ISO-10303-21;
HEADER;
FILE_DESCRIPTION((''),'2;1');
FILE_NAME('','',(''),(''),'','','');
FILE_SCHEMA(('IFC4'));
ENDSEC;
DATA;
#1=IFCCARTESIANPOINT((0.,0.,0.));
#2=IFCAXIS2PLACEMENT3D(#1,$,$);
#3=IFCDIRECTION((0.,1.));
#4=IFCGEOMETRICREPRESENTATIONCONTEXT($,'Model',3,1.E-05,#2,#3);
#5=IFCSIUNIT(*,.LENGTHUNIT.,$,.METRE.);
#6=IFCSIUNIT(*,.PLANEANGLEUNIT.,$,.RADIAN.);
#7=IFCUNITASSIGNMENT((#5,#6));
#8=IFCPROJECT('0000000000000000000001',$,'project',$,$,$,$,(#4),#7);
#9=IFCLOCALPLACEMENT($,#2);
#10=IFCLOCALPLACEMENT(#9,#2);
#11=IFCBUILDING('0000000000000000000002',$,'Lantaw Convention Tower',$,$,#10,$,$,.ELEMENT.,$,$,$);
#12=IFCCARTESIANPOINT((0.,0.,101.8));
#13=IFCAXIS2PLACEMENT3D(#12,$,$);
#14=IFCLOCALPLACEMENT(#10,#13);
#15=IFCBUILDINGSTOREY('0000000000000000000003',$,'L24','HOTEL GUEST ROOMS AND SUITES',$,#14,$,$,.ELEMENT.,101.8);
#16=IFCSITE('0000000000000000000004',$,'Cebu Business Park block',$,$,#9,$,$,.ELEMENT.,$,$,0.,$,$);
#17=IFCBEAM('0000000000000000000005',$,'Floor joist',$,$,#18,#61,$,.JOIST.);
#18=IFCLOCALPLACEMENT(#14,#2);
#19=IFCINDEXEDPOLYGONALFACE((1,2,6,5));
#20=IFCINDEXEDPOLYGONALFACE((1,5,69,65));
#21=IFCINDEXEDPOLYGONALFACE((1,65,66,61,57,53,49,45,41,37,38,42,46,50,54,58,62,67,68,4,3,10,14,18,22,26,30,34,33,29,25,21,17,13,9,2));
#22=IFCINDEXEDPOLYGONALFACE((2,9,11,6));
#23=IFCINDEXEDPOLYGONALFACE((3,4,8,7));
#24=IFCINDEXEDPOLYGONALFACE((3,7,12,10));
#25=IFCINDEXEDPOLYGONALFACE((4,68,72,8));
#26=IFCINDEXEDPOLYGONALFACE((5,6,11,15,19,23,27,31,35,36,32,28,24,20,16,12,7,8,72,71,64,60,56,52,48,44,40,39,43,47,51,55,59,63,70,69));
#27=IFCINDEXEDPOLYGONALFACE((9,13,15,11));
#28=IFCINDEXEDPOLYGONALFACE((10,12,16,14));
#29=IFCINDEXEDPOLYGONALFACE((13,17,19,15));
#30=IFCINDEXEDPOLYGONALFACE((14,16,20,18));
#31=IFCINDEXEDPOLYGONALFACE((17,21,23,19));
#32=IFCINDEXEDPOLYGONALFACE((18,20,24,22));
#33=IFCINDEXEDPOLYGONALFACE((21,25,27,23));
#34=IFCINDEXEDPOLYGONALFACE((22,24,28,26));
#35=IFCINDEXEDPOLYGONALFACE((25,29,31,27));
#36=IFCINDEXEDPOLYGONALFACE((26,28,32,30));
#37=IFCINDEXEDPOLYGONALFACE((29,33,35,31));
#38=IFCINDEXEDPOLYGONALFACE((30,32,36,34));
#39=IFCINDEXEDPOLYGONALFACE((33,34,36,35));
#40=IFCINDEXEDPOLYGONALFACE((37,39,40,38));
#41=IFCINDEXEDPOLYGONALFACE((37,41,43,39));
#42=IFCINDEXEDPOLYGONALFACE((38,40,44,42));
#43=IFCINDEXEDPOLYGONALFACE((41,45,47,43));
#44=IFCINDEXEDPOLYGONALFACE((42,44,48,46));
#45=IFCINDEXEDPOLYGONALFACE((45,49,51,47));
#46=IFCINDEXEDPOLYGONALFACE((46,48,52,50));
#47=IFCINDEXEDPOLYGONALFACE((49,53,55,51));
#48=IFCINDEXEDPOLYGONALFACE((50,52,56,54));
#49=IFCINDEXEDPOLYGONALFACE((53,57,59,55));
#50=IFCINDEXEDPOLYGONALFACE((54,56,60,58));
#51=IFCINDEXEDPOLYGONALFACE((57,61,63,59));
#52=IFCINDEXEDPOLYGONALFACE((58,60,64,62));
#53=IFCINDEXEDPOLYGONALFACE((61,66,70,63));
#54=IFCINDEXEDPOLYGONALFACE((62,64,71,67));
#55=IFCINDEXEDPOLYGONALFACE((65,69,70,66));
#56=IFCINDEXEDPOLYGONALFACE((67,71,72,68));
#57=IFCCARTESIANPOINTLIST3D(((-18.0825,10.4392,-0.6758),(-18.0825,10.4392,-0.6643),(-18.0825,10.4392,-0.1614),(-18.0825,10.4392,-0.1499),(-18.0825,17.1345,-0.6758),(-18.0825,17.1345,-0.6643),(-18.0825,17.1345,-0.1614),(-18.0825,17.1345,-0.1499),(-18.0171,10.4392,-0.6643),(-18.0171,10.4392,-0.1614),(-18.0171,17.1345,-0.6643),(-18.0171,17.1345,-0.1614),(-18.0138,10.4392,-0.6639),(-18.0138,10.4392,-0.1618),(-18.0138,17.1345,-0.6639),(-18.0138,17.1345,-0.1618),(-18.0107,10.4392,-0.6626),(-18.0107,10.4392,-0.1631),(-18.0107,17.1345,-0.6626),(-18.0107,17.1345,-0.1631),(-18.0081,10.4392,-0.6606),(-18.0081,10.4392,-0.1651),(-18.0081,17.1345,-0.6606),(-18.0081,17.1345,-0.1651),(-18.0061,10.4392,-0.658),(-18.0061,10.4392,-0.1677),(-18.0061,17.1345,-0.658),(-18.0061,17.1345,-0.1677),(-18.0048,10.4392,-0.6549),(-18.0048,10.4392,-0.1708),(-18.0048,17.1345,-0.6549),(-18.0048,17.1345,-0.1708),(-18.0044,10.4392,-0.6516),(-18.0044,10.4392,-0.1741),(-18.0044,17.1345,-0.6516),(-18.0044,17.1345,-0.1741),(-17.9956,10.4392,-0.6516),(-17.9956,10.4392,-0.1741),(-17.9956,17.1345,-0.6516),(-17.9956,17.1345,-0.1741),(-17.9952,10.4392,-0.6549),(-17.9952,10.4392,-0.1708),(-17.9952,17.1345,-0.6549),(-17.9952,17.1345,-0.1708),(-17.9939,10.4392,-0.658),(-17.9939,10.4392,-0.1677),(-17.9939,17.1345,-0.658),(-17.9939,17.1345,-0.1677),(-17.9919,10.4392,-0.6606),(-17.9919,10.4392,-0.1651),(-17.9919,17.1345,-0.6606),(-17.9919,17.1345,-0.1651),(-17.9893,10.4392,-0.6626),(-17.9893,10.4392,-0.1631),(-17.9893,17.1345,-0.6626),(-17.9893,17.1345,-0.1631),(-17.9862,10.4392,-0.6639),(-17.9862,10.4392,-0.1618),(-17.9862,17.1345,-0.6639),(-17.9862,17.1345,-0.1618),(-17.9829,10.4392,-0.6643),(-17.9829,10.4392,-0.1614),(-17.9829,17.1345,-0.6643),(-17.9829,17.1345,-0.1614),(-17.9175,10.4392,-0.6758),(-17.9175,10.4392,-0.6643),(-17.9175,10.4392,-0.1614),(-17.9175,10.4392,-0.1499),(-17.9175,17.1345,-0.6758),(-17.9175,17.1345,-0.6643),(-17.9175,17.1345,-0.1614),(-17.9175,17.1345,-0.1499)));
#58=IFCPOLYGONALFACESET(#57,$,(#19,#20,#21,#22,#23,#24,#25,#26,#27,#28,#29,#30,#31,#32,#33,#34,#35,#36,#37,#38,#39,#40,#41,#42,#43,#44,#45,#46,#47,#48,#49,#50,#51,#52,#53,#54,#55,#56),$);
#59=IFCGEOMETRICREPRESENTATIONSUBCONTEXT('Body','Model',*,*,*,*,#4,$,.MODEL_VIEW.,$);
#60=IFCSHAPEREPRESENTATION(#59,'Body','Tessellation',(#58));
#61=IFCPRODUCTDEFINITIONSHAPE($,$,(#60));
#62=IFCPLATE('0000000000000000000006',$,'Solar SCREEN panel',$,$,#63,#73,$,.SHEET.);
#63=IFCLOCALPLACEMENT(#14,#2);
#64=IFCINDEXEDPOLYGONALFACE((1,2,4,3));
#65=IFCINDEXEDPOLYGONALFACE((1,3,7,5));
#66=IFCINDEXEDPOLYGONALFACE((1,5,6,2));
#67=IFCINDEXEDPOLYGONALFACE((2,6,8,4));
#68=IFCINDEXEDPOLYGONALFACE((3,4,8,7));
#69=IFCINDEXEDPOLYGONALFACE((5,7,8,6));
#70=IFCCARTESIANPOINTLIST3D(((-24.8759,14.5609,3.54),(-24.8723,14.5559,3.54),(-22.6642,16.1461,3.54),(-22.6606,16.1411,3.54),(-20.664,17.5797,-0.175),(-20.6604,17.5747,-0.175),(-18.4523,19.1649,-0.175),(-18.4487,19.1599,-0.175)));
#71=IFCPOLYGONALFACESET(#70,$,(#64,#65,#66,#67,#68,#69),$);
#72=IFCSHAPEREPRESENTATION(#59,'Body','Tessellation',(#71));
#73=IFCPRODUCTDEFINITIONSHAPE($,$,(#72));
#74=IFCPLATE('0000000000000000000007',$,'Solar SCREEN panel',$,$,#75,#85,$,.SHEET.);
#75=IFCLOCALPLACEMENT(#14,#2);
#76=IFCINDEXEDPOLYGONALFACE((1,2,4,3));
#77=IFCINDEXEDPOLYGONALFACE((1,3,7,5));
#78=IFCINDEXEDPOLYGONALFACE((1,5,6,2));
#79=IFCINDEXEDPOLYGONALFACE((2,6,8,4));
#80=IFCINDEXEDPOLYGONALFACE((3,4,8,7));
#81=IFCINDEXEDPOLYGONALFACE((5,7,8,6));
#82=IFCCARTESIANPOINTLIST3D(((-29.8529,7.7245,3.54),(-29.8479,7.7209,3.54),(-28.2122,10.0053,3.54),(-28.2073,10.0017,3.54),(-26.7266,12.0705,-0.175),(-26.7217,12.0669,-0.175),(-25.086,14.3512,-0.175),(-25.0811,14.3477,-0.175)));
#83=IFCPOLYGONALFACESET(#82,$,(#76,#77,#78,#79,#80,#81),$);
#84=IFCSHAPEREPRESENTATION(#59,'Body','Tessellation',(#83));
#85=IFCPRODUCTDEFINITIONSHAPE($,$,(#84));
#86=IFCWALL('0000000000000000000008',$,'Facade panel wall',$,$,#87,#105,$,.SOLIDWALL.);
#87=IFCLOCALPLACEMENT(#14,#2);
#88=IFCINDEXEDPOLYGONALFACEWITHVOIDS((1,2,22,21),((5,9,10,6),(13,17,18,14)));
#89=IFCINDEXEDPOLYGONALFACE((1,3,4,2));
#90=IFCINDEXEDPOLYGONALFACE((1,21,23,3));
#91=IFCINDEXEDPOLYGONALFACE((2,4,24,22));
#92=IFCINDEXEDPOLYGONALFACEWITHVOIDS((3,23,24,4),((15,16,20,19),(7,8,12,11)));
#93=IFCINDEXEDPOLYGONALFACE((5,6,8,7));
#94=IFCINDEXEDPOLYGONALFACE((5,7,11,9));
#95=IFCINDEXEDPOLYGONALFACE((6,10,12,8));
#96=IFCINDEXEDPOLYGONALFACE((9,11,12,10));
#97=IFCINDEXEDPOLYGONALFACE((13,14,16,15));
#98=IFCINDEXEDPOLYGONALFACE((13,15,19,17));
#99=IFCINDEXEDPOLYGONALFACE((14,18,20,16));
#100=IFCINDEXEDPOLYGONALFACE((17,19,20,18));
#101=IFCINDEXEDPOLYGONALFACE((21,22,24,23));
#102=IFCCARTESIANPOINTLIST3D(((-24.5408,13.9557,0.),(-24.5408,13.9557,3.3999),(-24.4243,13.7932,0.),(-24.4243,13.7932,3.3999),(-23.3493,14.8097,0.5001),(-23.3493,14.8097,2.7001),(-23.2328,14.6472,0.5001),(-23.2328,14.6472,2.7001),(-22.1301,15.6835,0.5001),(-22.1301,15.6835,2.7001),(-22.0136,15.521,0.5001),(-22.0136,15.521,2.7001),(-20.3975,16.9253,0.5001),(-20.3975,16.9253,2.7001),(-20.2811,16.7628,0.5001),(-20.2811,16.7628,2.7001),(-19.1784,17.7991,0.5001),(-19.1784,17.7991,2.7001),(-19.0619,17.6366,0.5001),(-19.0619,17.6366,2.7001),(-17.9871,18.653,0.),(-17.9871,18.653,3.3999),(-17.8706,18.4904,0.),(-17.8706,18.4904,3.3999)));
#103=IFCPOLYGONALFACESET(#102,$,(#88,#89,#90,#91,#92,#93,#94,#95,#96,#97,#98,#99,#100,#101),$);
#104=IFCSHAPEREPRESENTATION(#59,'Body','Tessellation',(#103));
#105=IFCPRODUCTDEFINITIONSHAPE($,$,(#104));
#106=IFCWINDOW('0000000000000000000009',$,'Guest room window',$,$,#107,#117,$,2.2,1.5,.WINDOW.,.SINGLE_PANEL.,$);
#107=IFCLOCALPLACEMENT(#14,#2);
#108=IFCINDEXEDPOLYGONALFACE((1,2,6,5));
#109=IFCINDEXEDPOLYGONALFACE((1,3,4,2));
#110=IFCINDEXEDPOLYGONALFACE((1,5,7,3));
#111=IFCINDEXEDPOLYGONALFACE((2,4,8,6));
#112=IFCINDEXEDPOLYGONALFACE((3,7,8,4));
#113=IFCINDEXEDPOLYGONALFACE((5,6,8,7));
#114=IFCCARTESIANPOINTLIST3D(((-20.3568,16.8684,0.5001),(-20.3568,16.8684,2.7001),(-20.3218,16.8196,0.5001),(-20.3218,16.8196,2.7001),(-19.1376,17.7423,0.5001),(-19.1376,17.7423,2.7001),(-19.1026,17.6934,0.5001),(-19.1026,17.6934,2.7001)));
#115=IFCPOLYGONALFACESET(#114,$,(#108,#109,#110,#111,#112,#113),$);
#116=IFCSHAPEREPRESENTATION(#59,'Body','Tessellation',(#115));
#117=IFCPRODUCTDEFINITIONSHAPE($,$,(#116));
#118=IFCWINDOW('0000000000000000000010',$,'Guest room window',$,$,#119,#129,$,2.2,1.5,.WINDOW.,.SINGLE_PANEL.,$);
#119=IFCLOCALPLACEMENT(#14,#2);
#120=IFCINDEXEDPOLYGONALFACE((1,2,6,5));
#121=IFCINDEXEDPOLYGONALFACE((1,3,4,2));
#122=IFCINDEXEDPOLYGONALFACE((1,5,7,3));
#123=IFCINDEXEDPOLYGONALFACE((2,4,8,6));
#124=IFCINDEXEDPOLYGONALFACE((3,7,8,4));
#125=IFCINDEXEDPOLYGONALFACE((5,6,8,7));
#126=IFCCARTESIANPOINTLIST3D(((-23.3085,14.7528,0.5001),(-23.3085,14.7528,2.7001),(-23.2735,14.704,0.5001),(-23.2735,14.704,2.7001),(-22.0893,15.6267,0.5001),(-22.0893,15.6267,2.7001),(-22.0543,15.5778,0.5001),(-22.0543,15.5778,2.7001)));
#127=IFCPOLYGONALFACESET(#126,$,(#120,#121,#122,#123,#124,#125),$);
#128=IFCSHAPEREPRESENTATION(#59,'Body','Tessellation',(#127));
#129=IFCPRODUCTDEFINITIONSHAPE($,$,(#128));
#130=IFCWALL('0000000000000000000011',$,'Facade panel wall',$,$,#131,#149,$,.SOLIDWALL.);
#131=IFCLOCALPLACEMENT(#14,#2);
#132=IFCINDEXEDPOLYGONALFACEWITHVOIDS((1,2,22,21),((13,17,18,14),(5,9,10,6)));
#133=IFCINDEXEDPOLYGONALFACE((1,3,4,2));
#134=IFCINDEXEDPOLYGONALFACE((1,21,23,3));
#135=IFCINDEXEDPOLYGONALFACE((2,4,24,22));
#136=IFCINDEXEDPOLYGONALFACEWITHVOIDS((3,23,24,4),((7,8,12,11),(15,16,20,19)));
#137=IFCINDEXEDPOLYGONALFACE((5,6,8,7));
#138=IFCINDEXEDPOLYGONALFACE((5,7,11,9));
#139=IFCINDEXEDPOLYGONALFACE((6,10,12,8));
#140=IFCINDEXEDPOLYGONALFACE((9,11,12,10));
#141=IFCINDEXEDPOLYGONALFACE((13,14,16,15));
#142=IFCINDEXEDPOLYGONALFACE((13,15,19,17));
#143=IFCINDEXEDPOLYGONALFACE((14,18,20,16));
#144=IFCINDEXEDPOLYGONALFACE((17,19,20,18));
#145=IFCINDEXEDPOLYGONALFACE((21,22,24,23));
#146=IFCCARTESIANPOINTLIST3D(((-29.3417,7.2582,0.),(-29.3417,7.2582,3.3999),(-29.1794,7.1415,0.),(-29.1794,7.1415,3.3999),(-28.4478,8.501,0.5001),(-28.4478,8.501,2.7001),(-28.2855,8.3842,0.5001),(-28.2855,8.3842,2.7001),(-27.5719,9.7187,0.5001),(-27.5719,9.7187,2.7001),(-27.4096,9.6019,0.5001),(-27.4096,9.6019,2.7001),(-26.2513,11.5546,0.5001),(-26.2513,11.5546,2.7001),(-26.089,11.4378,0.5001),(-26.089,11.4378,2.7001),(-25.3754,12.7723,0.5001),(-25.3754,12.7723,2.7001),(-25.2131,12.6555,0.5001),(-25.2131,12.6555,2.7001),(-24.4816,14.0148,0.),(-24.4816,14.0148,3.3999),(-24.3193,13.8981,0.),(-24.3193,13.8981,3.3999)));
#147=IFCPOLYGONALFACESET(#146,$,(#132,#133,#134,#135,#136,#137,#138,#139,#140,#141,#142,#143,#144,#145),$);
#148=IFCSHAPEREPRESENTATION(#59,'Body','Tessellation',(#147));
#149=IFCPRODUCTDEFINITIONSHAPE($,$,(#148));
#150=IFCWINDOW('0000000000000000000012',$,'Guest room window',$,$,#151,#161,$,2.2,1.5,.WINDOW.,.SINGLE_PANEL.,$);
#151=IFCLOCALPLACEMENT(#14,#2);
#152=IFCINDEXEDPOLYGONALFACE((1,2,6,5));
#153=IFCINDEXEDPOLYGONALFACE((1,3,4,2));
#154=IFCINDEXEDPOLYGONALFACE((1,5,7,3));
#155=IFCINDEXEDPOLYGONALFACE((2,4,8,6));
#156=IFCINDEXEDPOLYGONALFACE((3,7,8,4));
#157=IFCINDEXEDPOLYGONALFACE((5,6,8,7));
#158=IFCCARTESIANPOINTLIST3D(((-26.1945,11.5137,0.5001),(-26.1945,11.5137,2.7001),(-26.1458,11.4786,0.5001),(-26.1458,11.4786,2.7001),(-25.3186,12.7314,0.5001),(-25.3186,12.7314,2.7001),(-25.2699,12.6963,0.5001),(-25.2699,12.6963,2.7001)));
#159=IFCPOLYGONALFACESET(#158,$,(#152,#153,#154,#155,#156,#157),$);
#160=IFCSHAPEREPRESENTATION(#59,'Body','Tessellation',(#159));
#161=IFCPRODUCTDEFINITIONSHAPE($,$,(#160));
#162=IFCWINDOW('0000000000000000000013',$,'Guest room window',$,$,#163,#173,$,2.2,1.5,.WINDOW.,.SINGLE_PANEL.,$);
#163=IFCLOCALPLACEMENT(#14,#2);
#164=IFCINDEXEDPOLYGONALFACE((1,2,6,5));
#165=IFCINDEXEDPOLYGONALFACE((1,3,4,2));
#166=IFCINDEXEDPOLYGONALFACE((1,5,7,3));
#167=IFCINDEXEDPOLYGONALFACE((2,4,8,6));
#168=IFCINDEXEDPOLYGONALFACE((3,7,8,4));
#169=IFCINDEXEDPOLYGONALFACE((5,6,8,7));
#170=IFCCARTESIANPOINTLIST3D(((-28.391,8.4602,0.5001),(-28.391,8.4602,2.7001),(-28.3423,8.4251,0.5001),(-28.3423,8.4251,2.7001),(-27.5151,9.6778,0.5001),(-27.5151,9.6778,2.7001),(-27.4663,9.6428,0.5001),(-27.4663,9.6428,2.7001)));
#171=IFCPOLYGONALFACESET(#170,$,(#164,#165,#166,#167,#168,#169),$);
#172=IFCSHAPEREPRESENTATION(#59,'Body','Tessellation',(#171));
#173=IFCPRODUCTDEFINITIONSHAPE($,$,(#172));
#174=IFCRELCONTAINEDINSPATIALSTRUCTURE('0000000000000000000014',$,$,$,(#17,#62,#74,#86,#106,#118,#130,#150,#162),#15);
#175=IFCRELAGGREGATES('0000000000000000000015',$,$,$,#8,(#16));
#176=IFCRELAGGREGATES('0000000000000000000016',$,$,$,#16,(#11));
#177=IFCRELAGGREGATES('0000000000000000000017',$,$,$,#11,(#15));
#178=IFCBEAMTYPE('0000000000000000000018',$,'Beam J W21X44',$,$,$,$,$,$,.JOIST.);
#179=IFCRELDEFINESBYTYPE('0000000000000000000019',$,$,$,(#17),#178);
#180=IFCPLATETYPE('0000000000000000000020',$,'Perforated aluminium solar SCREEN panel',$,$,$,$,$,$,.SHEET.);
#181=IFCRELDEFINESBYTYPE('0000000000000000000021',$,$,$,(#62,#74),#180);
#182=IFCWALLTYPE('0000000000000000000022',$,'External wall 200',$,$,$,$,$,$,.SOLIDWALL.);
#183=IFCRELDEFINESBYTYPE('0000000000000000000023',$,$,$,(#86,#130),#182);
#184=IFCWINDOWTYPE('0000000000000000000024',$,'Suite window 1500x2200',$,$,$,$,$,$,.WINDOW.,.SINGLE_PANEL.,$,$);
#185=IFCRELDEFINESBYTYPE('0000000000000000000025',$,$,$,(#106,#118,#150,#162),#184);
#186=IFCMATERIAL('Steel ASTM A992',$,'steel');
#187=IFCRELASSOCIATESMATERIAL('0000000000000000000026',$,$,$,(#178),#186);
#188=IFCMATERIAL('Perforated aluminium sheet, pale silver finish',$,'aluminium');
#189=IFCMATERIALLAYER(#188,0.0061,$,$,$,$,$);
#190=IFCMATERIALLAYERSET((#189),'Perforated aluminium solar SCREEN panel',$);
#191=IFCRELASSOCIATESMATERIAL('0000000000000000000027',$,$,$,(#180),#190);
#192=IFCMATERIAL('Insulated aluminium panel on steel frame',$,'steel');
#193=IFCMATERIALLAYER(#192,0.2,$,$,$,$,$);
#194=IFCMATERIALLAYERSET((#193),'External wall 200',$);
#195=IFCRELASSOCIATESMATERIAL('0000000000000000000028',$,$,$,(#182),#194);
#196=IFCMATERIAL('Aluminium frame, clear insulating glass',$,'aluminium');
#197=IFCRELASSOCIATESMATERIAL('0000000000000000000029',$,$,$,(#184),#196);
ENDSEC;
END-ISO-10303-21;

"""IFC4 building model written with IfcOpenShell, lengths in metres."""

from ifc_helpers import new_model, si_unit, direction, frame, frame_2d, origin, origin_2d, place, context, subcontext, project, spatial, polyline, rectangle, i_section, outline, extrude, material, layer, layer_set, material_profile, profile_set, type_object, element, fill, save


model = new_model("IFC4")

# Units and contexts
model_context = context("Model", 3, precision=1e-05, world=origin(), true_north=direction((0.0, 1.0)))
body_context = subcontext(model_context, "Body", "Model", "MODEL_VIEW")
ifc_project = project(units=[si_unit("LENGTHUNIT", "METRE"), si_unit("PLANEANGLEUNIT", "RADIAN")], contexts=[model_context])

# Site, building, storey
site_placement = place(None, origin())
site = spatial("IfcSite", under=ifc_project, at=site_placement, Name="Cebu Business Park block", CompositionType="ELEMENT", RefElevation=0.0)
building_placement = place(site_placement, origin())
building = spatial("IfcBuilding", under=site, at=building_placement, Name="Lantaw Convention Tower", CompositionType="ELEMENT")
storey_placement = place(building_placement, frame((0.0, 0.0, 101.8)))
storey = spatial("IfcBuildingStorey", under=building, at=storey_placement, Name="L24", Description="HOTEL GUEST ROOMS AND SUITES", CompositionType="ELEMENT", Elevation=101.8)

# Beam
ifc_material_1 = material(Name="Steel ASTM A992", Category="steel")
ifc_material_profile_1 = material_profile(ifc_material_1, i_section(OverallWidth=0.165, OverallDepth=0.5259, WebThickness=0.0088, FlangeThickness=0.0115, FilletRadius=0.0127, at=origin_2d()), Name="W21X44")
ifc_profile_set_1 = profile_set([ifc_material_profile_1], Name="Steel ASTM A992")
beam_type_1 = type_object("IfcBeamType", Name="Beam J W21X44", PredefinedType="JOIST", material=ifc_profile_set_1)
beam_1_placement = place(storey_placement, frame((-18.0, 10.4392, -0.4128), z_axis=(0.0, 1.0, 0.0), x_axis=(-1.0, 0.0, 0.0)))
element("IfcBeam", 1, at=beam_1_placement, inside=storey, type_object=beam_type_1, Name="Floor joist", PredefinedType="JOIST", context=body_context, shape_type="SweptSolid", body=[
    extrude(i_section(OverallWidth=0.165, OverallDepth=0.5259, WebThickness=0.0088, FlangeThickness=0.0115, FilletRadius=0.0127, at=origin_2d()), origin(), (0.0, 0.0, 1.0), 6.6953),
])

# Plates
ifc_material_2 = material(Name="Perforated aluminium sheet, pale silver finish", Category="aluminium")
ifc_layer_1 = layer(ifc_material_2, 0.0061)
ifc_layer_set_1 = layer_set([ifc_layer_1], Name="Perforated aluminium solar SCREEN panel")
plate_type = type_object("IfcPlateType", Name="Perforated aluminium solar SCREEN panel", PredefinedType="SHEET", material=ifc_layer_set_1)
plate_1_placement = place(storey_placement, frame((-18.4487, 19.1599, -0.175), z_axis=(0.582561, -0.812787, 0.000016), x_axis=(-0.812787, -0.582561, 0.0)))
element("IfcPlate", 2, at=plate_1_placement, inside=storey, type_object=plate_type, Name="Solar SCREEN panel", PredefinedType="SHEET", context=body_context, shape_type="SweptSolid", body=[
    extrude(outline(polyline([(0.0, 0.0), (2.7211, 0.0), (7.9031, -3.7151), (5.182, -3.7151), (0.0, 0.0)])), origin(), (0.0, 0.0, -1.0), 0.0061),
])
plate_2_placement = place(storey_placement, frame((-25.0811, 14.3477, -0.175), z_axis=(0.811791, -0.583948, 0.000009), x_axis=(-0.583948, -0.811791, 0.0)))
element("IfcPlate", 3, at=plate_2_placement, inside=storey, type_object=plate_type, Name="Solar SCREEN panel", PredefinedType="SHEET", context=body_context, shape_type="SweptSolid", body=[
    extrude(outline(polyline([(0.0, 0.0), (2.8095, 0.0), (8.1631, -3.7151), (5.3536, -3.7151), (0.0, 0.0)])), origin(), (0.0, 0.0, -1.0), 0.0061),
])

# Walls, openings, windows
ifc_material_3 = material(Name="Insulated aluminium panel on steel frame", Category="steel")
ifc_layer_2 = layer(ifc_material_3, 0.2)
ifc_layer_set_2 = layer_set([ifc_layer_2], Name="External wall 200")
wall_type_1 = type_object("IfcWallType", Name="External wall 200", PredefinedType="SOLIDWALL", material=ifc_layer_set_2)
wall_1_placement = place(storey_placement, frame((-17.9287, 18.5718, 0.0), z_axis=(0.0, 0.0, 1.0), x_axis=(-0.812791, -0.582555, 0.0)))
wall_1 = element("IfcWall", 4, at=wall_1_placement, inside=storey, type_object=wall_type_1, Name="Facade panel wall", PredefinedType="SOLIDWALL", context=body_context, shape_type="SweptSolid", body=[
    extrude(rectangle(XDim=8.0632, YDim=0.2, at=frame_2d((4.0317, 0.0))), origin(), (0.0, 0.0, 1.0), 3.3999),
])
opening_1_placement = place(wall_1_placement, frame((1.4658, 0.0, 0.5)))
opening_1 = element("IfcOpeningElement", 5, at=opening_1_placement, cuts=wall_1, PredefinedType="OPENING", context=body_context, shape_type="SweptSolid", body=[
    extrude(rectangle(XDim=1.5, YDim=2.2, at=frame_2d((0.75, 1.1001))), frame((0.0, 0.1099, 0.0), z_axis=(0.0, -1.0, 0.0), x_axis=(1.0, 0.0, 0.0)), (0.0, 0.0, 1.0), 0.22),
])
opening_2_placement = place(wall_1_placement, frame((5.0974, 0.0, 0.5)))
opening_2 = element("IfcOpeningElement", 6, at=opening_2_placement, cuts=wall_1, PredefinedType="OPENING", context=body_context, shape_type="SweptSolid", body=[
    extrude(rectangle(XDim=1.5, YDim=2.2, at=frame_2d((0.75, 1.1001))), frame((0.0, 0.1099, 0.0), z_axis=(0.0, -1.0, 0.0), x_axis=(1.0, 0.0, 0.0)), (0.0, 0.0, 1.0), 0.22),
])
ifc_material_4 = material(Name="Aluminium frame, clear insulating glass", Category="aluminium")
window_type = type_object("IfcWindowType", Name="Suite window 1500x2200", PartitioningType="SINGLE_PANEL", PredefinedType="WINDOW", material=ifc_material_4)
window_1_placement = place(opening_1_placement, origin())
window_1 = element("IfcWindow", 7, at=window_1_placement, inside=storey, type_object=window_type, Name="Guest room window", OverallHeight=2.2, OverallWidth=1.5, PartitioningType="SINGLE_PANEL", PredefinedType="WINDOW", context=body_context, shape_type="SweptSolid", body=[
    extrude(rectangle(XDim=1.5, YDim=2.2, at=frame_2d((0.75, 1.1001))), frame((0.0, 0.03, 0.0), z_axis=(0.0, -1.0, 0.0), x_axis=(1.0, 0.0, 0.0)), (0.0, 0.0, 1.0), 0.0601),
])
fill(opening_1, window_1)
window_2_placement = place(opening_2_placement, origin())
window_2 = element("IfcWindow", 8, at=window_2_placement, inside=storey, type_object=window_type, Name="Guest room window", OverallHeight=2.2, OverallWidth=1.5, PartitioningType="SINGLE_PANEL", PredefinedType="WINDOW", context=body_context, shape_type="SweptSolid", body=[
    extrude(rectangle(XDim=1.5, YDim=2.2, at=frame_2d((0.75, 1.1001))), frame((0.0, 0.03, 0.0), z_axis=(0.0, -1.0, 0.0), x_axis=(1.0, 0.0, 0.0)), (0.0, 0.0, 1.0), 0.0601),
])
fill(opening_2, window_2)
wall_2_placement = place(storey_placement, frame((-24.4004, 13.9565, 0.0), z_axis=(0.0, 0.0, 1.0), x_axis=(-0.583938, -0.811799, 0.0)))
wall_2 = element("IfcWall", 9, at=wall_2_placement, inside=storey, type_object=wall_type_1, Name="Facade panel wall", PredefinedType="SOLIDWALL", context=body_context, shape_type="SweptSolid", body=[
    extrude(rectangle(XDim=8.323, YDim=0.2, at=frame_2d((4.1616, 0.0))), origin(), (0.0, 0.0, 1.0), 3.3999),
])
opening_3_placement = place(wall_2_placement, frame((1.5308, 0.0, 0.5)))
opening_3 = element("IfcOpeningElement", 10, at=opening_3_placement, cuts=wall_2, PredefinedType="OPENING", context=body_context, shape_type="SweptSolid", body=[
    extrude(rectangle(XDim=1.5, YDim=2.2, at=frame_2d((0.75, 1.1001))), frame((0.0, 0.1099, 0.0), z_axis=(0.0, -1.0, 0.0), x_axis=(1.0, 0.0, 0.0)), (0.0, 0.0, 1.0), 0.22),
])
opening_4_placement = place(wall_2_placement, frame((5.2922, 0.0, 0.5)))
opening_4 = element("IfcOpeningElement", 11, at=opening_4_placement, cuts=wall_2, PredefinedType="OPENING", context=body_context, shape_type="SweptSolid", body=[
    extrude(rectangle(XDim=1.5, YDim=2.2, at=frame_2d((0.75, 1.1001))), frame((0.0, 0.1099, 0.0), z_axis=(0.0, -1.0, 0.0), x_axis=(1.0, 0.0, 0.0)), (0.0, 0.0, 1.0), 0.22),
])
window_3_placement = place(opening_3_placement, origin())
window_3 = element("IfcWindow", 12, at=window_3_placement, inside=storey, type_object=window_type, Name="Guest room window", OverallHeight=2.2, OverallWidth=1.5, PartitioningType="SINGLE_PANEL", PredefinedType="WINDOW", context=body_context, shape_type="SweptSolid", body=[
    extrude(rectangle(XDim=1.5, YDim=2.2, at=frame_2d((0.75, 1.1001))), frame((0.0, 0.03, 0.0), z_axis=(0.0, -1.0, 0.0), x_axis=(1.0, 0.0, 0.0)), (0.0, 0.0, 1.0), 0.0601),
])
fill(opening_3, window_3)
window_4_placement = place(opening_4_placement, origin())
window_4 = element("IfcWindow", 13, at=window_4_placement, inside=storey, type_object=window_type, Name="Guest room window", OverallHeight=2.2, OverallWidth=1.5, PartitioningType="SINGLE_PANEL", PredefinedType="WINDOW", context=body_context, shape_type="SweptSolid", body=[
    extrude(rectangle(XDim=1.5, YDim=2.2, at=frame_2d((0.75, 1.1001))), frame((0.0, 0.03, 0.0), z_axis=(0.0, -1.0, 0.0), x_axis=(1.0, 0.0, 0.0)), (0.0, 0.0, 1.0), 0.0601),
])
fill(opening_4, window_4)

save(model, "model.ifc")
